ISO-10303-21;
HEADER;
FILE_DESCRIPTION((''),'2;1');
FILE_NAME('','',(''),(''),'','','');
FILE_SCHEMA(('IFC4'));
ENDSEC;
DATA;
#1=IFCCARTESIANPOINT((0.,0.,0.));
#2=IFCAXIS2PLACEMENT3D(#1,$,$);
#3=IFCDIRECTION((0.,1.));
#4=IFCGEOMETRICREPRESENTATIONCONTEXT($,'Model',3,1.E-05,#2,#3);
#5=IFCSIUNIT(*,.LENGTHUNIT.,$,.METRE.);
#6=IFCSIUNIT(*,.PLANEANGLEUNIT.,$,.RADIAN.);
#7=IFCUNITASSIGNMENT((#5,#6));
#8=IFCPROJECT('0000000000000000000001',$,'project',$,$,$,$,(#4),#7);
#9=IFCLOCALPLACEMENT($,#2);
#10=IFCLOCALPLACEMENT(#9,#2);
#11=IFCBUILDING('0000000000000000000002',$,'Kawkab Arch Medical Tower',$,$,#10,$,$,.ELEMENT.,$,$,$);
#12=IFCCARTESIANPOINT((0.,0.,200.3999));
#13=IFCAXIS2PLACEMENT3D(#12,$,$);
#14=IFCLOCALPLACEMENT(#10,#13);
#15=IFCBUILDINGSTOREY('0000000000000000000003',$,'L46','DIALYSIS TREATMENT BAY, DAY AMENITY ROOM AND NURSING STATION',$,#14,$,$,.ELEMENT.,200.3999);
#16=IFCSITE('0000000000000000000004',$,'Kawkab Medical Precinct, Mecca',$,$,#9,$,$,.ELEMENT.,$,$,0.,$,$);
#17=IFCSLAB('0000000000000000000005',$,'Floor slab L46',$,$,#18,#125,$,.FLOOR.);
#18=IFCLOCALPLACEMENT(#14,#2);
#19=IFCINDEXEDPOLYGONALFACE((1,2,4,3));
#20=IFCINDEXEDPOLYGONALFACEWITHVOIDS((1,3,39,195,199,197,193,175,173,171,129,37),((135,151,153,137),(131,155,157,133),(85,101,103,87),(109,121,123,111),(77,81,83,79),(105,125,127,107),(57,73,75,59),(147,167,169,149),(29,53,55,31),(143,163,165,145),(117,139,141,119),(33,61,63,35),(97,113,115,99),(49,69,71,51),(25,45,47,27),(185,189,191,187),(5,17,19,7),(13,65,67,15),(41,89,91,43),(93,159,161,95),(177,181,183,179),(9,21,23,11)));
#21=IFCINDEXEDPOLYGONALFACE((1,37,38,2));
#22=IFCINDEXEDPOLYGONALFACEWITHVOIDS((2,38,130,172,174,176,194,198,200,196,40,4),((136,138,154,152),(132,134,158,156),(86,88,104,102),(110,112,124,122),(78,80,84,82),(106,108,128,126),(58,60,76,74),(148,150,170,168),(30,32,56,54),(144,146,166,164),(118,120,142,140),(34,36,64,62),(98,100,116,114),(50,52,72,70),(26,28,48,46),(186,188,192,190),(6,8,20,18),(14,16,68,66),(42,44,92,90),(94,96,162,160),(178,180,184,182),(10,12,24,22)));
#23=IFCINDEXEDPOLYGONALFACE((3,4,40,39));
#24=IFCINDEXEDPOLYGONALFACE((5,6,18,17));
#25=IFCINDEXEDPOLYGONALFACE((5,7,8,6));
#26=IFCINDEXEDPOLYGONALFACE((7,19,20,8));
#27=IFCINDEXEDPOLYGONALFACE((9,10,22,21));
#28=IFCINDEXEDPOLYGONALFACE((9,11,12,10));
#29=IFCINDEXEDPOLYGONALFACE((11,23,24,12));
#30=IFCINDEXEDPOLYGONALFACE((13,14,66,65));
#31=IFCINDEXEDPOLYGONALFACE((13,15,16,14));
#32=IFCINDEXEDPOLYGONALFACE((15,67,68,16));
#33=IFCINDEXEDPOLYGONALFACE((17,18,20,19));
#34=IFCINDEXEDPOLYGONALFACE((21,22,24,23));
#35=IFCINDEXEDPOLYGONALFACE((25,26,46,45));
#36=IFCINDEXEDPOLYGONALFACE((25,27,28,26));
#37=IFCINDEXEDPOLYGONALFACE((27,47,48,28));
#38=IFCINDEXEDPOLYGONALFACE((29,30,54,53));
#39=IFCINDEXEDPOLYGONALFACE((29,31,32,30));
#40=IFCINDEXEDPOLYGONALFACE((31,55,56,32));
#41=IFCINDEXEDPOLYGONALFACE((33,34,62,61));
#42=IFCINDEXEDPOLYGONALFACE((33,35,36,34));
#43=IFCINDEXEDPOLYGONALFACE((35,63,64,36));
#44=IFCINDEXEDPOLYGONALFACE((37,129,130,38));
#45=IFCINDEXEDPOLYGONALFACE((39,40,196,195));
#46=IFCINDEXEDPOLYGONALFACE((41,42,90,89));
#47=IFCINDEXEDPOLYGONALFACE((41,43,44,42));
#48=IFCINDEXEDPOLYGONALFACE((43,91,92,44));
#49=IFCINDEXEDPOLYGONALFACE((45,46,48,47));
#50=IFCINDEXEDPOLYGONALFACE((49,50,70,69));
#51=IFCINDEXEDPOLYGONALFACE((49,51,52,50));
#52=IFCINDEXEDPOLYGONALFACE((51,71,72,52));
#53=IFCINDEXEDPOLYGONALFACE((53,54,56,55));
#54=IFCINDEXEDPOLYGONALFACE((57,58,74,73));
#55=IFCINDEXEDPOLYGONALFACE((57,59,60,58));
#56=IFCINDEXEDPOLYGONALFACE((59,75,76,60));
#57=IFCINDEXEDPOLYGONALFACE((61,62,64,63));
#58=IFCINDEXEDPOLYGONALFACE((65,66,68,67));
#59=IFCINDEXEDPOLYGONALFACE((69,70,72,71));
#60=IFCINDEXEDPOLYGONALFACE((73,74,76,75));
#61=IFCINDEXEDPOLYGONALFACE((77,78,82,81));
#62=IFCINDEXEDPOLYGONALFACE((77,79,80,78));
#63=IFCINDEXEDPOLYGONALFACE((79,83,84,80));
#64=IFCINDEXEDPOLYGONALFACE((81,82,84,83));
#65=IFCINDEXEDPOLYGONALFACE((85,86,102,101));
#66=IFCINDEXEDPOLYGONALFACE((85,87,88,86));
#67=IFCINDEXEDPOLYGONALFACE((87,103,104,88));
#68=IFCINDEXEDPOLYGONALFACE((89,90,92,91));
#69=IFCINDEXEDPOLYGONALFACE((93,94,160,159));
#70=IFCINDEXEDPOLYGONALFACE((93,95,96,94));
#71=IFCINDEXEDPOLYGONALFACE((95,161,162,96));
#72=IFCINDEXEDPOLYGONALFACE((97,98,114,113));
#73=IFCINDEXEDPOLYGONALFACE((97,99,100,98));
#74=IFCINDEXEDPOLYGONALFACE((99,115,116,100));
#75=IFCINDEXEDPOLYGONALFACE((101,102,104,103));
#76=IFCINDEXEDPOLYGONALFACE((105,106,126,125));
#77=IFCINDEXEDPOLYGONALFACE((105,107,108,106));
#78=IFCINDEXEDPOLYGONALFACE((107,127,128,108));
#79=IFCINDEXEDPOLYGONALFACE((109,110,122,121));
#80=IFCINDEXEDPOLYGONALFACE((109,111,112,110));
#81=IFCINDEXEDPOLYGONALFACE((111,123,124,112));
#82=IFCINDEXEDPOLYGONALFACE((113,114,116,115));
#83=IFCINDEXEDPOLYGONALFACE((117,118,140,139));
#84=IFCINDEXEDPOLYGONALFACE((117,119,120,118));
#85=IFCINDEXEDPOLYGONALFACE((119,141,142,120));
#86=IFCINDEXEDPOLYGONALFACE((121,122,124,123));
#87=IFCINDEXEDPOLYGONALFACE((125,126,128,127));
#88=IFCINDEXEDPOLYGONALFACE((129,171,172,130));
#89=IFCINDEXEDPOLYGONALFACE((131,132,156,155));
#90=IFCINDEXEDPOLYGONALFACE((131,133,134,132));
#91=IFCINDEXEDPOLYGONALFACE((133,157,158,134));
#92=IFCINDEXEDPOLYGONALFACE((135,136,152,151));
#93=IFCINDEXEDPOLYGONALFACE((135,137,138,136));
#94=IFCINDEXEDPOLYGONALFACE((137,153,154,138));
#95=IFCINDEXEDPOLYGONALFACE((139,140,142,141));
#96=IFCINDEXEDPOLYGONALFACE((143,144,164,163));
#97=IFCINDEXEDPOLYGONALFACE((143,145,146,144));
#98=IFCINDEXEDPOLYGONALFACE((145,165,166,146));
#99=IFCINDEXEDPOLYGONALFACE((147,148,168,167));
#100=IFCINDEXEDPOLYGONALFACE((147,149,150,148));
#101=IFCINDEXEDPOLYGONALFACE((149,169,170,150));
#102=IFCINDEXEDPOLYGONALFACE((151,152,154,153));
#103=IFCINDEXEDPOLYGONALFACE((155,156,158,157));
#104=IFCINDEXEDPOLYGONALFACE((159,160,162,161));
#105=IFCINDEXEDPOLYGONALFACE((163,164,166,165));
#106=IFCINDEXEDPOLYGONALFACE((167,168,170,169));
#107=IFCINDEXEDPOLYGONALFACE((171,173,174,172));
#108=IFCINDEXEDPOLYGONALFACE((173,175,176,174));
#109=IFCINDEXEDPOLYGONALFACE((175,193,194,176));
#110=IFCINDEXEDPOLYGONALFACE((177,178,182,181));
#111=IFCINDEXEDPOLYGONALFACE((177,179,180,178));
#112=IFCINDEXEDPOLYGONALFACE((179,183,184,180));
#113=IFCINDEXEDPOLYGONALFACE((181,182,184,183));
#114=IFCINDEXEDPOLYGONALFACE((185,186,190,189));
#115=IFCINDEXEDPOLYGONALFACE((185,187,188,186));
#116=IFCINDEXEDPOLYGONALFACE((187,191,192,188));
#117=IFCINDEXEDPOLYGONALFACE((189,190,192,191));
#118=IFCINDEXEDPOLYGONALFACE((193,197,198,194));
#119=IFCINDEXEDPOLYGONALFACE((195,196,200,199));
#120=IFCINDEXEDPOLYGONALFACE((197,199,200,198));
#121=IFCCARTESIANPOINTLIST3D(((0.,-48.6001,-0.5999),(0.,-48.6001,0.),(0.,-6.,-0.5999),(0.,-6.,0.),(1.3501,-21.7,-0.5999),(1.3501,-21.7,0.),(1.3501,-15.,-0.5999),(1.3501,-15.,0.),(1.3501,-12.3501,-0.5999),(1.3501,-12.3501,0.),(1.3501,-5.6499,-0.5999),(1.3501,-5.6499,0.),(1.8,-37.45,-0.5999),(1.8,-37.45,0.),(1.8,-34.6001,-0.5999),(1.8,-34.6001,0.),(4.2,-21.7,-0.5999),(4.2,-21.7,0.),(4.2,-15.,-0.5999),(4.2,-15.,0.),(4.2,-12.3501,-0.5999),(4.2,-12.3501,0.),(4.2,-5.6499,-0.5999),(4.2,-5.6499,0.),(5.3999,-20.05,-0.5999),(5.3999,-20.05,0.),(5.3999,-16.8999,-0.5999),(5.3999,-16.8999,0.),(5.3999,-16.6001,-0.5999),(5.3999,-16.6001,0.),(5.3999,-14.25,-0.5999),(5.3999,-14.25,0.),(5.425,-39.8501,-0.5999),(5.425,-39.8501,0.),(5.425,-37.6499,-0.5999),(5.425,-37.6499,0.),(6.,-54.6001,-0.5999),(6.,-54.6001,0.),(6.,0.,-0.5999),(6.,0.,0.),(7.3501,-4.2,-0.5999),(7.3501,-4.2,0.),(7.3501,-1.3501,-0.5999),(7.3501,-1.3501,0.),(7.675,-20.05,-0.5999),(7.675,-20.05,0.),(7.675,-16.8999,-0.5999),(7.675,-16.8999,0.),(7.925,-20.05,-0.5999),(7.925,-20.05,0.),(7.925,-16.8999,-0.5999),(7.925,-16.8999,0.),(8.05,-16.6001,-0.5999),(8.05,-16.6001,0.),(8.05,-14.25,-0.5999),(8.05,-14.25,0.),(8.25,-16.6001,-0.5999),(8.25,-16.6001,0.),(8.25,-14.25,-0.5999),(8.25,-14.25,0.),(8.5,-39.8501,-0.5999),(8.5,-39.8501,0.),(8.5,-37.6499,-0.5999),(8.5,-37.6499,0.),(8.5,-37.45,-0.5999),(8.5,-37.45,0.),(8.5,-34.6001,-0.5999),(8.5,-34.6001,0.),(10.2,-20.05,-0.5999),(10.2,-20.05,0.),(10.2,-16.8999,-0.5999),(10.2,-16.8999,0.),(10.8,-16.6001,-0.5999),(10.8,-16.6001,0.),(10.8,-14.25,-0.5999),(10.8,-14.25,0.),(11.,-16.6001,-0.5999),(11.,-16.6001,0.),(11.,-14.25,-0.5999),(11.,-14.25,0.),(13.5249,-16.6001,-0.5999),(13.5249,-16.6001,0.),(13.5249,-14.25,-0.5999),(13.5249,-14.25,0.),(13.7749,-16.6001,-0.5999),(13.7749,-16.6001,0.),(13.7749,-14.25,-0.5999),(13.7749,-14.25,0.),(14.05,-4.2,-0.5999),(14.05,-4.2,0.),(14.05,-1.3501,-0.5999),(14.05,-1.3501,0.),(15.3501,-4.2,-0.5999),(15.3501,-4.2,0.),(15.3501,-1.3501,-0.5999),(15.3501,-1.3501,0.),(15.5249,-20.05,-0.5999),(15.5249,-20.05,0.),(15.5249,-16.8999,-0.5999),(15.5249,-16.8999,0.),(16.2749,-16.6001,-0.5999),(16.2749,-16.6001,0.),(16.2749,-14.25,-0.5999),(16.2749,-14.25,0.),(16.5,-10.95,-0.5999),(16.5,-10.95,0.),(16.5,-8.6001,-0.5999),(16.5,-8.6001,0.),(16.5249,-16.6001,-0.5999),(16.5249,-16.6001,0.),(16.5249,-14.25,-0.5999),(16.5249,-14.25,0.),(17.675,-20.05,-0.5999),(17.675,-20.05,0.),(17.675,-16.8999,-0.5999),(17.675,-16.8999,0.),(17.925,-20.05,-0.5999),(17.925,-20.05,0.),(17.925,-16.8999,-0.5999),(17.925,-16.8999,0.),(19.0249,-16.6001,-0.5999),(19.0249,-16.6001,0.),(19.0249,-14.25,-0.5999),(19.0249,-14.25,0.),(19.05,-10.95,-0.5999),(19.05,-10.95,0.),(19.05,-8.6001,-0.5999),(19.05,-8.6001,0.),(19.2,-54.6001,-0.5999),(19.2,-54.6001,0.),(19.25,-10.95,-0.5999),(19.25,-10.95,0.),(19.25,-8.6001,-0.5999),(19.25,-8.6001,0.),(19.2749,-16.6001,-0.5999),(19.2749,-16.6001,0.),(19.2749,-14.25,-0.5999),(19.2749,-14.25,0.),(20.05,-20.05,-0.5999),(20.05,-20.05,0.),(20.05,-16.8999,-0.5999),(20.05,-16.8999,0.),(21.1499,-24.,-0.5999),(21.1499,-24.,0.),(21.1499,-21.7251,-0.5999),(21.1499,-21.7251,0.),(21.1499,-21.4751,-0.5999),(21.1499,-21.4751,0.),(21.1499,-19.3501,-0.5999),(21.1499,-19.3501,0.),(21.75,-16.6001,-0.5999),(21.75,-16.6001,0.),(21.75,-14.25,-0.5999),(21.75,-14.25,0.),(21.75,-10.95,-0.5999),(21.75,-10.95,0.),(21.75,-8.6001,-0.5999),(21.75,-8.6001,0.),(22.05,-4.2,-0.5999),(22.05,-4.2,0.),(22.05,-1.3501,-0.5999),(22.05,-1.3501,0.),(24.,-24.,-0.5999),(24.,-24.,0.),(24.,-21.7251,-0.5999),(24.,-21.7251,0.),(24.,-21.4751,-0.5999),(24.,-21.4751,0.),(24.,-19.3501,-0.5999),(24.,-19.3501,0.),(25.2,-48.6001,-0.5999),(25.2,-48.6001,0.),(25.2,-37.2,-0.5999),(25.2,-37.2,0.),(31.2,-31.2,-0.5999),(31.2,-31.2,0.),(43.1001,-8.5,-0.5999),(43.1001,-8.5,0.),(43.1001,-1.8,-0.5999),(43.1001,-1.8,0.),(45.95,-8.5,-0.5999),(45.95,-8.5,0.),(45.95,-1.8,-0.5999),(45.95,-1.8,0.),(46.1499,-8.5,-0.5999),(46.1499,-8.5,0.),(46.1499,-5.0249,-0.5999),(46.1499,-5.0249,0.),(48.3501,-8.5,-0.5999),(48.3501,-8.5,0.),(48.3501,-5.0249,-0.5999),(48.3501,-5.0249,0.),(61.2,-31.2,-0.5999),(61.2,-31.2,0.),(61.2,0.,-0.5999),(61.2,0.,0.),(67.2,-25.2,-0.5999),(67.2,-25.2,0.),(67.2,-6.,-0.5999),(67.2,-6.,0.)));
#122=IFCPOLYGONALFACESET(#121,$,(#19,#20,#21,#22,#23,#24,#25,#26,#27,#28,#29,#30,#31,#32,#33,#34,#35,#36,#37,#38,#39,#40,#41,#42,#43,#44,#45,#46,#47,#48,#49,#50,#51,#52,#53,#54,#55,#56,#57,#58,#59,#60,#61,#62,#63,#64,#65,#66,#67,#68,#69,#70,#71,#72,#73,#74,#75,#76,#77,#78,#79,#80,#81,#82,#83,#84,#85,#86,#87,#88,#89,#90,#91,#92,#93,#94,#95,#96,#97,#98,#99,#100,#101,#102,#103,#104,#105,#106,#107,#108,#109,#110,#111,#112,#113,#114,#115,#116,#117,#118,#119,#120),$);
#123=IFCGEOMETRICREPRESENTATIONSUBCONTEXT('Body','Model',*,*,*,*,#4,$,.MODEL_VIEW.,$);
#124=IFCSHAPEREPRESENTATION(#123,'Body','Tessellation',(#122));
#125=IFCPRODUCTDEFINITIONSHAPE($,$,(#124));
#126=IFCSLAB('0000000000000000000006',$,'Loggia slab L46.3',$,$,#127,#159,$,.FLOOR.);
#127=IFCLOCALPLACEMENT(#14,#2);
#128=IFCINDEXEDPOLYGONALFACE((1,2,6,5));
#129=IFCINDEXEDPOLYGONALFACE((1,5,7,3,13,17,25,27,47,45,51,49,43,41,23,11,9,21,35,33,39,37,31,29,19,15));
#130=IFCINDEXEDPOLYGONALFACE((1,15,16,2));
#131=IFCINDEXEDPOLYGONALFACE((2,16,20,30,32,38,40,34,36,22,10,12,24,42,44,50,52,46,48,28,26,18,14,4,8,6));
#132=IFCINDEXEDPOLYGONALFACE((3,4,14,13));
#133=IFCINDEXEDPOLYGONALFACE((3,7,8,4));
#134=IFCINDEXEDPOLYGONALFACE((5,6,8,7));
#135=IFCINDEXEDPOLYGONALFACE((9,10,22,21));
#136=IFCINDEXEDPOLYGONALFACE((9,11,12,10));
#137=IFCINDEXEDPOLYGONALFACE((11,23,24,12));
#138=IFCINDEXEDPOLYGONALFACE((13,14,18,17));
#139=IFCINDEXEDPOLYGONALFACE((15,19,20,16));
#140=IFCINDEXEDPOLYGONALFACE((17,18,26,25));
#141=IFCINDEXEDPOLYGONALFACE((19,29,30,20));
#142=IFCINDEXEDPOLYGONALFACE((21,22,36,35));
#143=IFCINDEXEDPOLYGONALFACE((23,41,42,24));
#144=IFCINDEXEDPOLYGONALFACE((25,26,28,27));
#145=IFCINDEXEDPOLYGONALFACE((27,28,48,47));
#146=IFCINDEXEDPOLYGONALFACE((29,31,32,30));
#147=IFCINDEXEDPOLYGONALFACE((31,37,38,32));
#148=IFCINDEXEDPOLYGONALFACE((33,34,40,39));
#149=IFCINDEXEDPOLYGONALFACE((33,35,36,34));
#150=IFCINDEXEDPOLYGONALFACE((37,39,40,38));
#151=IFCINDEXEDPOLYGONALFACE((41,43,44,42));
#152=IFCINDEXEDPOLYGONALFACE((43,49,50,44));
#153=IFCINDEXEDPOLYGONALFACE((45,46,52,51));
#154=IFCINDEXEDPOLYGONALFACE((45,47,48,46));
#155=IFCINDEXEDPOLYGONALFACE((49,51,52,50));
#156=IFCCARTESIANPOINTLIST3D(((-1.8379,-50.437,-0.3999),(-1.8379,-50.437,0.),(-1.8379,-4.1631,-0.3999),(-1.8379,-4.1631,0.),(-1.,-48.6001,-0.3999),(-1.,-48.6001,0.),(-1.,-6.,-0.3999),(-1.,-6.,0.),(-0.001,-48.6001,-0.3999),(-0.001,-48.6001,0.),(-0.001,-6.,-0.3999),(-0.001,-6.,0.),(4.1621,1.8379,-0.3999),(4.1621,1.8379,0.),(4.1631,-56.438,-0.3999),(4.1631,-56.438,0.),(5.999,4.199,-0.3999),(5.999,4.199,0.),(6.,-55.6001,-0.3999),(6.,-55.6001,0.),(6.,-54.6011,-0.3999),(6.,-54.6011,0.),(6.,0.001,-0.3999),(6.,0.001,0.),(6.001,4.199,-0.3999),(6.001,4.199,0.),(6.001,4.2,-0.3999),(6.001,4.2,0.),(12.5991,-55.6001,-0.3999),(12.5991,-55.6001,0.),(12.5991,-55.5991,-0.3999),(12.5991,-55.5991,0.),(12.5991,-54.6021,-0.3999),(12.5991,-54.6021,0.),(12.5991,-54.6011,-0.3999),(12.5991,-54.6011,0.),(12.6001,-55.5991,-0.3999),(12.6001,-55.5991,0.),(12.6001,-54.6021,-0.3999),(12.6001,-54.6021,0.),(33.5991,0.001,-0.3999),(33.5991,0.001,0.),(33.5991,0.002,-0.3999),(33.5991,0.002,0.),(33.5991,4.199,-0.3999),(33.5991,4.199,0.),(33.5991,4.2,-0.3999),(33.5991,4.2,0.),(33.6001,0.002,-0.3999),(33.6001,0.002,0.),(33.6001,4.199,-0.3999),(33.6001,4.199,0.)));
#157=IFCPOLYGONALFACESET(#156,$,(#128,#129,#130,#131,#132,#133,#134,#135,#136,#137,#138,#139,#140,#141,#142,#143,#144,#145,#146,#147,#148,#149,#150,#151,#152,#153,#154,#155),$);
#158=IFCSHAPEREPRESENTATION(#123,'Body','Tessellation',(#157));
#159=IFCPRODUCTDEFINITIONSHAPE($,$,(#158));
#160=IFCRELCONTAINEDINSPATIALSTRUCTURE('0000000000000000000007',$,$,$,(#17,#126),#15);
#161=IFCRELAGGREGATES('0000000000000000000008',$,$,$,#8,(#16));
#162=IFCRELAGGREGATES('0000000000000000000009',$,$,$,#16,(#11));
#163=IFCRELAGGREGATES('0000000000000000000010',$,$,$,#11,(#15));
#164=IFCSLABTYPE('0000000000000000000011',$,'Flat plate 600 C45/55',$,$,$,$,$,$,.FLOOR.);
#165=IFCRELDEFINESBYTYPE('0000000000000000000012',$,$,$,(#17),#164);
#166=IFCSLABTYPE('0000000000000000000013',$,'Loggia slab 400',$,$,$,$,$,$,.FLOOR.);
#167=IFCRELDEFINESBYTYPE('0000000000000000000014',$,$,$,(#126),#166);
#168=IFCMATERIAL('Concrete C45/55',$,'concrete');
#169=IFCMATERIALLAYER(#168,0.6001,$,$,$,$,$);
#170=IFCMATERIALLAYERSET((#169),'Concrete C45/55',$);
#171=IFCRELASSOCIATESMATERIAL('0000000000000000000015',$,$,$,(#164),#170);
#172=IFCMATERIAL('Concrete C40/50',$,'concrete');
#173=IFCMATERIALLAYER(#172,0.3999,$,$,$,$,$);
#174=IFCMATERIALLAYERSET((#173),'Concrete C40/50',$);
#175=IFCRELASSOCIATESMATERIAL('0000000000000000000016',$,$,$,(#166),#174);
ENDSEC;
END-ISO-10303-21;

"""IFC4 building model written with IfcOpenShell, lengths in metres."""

from ifc_helpers import new_model, si_unit, direction, frame, origin, place, context, subcontext, project, spatial, polyline, outline, extrude, material, layer, layer_set, type_object, element, save


model = new_model("IFC4")

# Units and contexts
model_context = context("Model", 3, precision=1e-05, world=origin(), true_north=direction((0.0, 1.0)))
body_context = subcontext(model_context, "Body", "Model", "MODEL_VIEW")
ifc_project = project(units=[si_unit("LENGTHUNIT", "METRE"), si_unit("PLANEANGLEUNIT", "RADIAN")], contexts=[model_context])

# Site, building, storey
site_placement = place(None, origin())
site = spatial("IfcSite", under=ifc_project, at=site_placement, Name="Kawkab Medical Precinct, Mecca", CompositionType="ELEMENT", RefElevation=0.0)
building_placement = place(site_placement, origin())
building = spatial("IfcBuilding", under=site, at=building_placement, Name="Kawkab Arch Medical Tower", CompositionType="ELEMENT")
storey_placement = place(building_placement, frame((0.0, 0.0, 200.3999)))
storey = spatial("IfcBuildingStorey", under=building, at=storey_placement, Name="L46", Description="DIALYSIS TREATMENT BAY, DAY AMENITY ROOM AND NURSING STATION", CompositionType="ELEMENT", Elevation=200.3999)

# Slabs
ifc_material_1 = material(Name="Concrete C45/55", Category="concrete")
ifc_layer_1 = layer(ifc_material_1, 0.6001)
ifc_layer_set_1 = layer_set([ifc_layer_1], Name="Concrete C45/55")
slab_type_1 = type_object("IfcSlabType", Name="Flat plate 600 C45/55", PredefinedType="FLOOR", material=ifc_layer_set_1)
slab_1_placement = place(storey_placement, frame((0.0, 0.0, -0.5999)))
element("IfcSlab", 1, at=slab_1_placement, inside=storey, type_object=slab_type_1, Name="Floor slab L46", PredefinedType="FLOOR", context=body_context, shape_type="SweptSolid", body=[
    extrude(outline(polyline([(6.0, 0.0), (61.2, 0.0), (67.2, -6.0), (67.2, -25.2), (61.2, -31.2), (31.2, -31.2), (25.2, -37.2), (25.2, -48.6001), (19.2, -54.6001), (6.0, -54.6001), (0.0, -48.6001), (0.0, -6.0), (6.0, 0.0)]), holes=[polyline([(5.425, -37.6499), (5.425, -39.8501), (8.5, -39.8501), (8.5, -37.6499), (5.425, -37.6499)]), polyline([(8.5, -37.45), (8.5, -34.6001), (1.8, -34.6001), (1.8, -37.45), (8.5, -37.45)]), polyline([(5.3999, -20.05), (7.675, -20.05), (7.675, -16.8999), (5.3999, -16.8999), (5.3999, -20.05)]), polyline([(10.2, -20.05), (10.2, -16.8999), (7.925, -16.8999), (7.925, -20.05), (10.2, -20.05)]), polyline([(4.2, -21.7), (4.2, -15.0), (1.3501, -15.0), (1.3501, -21.7), (4.2, -21.7)]), polyline([(5.3999, -16.6001), (8.05, -16.6001), (8.05, -14.25), (5.3999, -14.25), (5.3999, -16.6001)]), polyline([(10.8, -16.6001), (10.8, -14.25), (8.25, -14.25), (8.25, -16.6001), (10.8, -16.6001)]), polyline([(11.0, -16.6001), (13.5249, -16.6001), (13.5249, -14.25), (11.0, -14.25), (11.0, -16.6001)]), polyline([(16.2749, -16.6001), (16.2749, -14.25), (13.7749, -14.25), (13.7749, -16.6001), (16.2749, -16.6001)]), polyline([(4.2, -12.3501), (4.2, -5.6499), (1.3501, -5.6499), (1.3501, -12.3501), (4.2, -12.3501)]), polyline([(7.3501, -4.2), (14.05, -4.2), (14.05, -1.3501), (7.3501, -1.3501), (7.3501, -4.2)]), polyline([(24.0, -21.7251), (21.1499, -21.7251), (21.1499, -24.0), (24.0, -24.0), (24.0, -21.7251)]), polyline([(24.0, -19.3501), (21.1499, -19.3501), (21.1499, -21.4751), (24.0, -21.4751), (24.0, -19.3501)]), polyline([(15.5249, -16.8999), (15.5249, -20.05), (17.675, -20.05), (17.675, -16.8999), (15.5249, -16.8999)]), polyline([(20.05, -16.8999), (17.925, -16.8999), (17.925, -20.05), (20.05, -20.05), (20.05, -16.8999)]), polyline([(19.0249, -14.25), (16.5249, -14.25), (16.5249, -16.6001), (19.0249, -16.6001), (19.0249, -14.25)]), polyline([(21.75, -14.25), (19.2749, -14.25), (19.2749, -16.6001), (21.75, -16.6001), (21.75, -14.25)]), polyline([(16.5, -8.6001), (16.5, -10.95), (19.05, -10.95), (19.05, -8.6001), (16.5, -8.6001)]), polyline([(21.75, -8.6001), (19.25, -8.6001), (19.25, -10.95), (21.75, -10.95), (21.75, -8.6001)]), polyline([(46.1499, -8.5), (48.3501, -8.5), (48.3501, -5.0249), (46.1499, -5.0249), (46.1499, -8.5)]), polyline([(43.1001, -1.8), (43.1001, -8.5), (45.95, -8.5), (45.95, -1.8), (43.1001, -1.8)]), polyline([(22.05, -1.3501), (15.3501, -1.3501), (15.3501, -4.2), (22.05, -4.2), (22.05, -1.3501)])]), origin(), (0.0, 0.0, 1.0), 0.5999),
])
ifc_material_2 = material(Name="Concrete C40/50", Category="concrete")
ifc_layer_2 = layer(ifc_material_2, 0.3999)
ifc_layer_set_2 = layer_set([ifc_layer_2], Name="Concrete C40/50")
slab_type_2 = type_object("IfcSlabType", Name="Loggia slab 400", PredefinedType="FLOOR", material=ifc_layer_set_2)
placement_1 = place(storey_placement, frame((0.0, 0.0, -0.3999)))
element("IfcSlab", 2, at=placement_1, inside=storey, type_object=slab_type_2, Name="Loggia slab L46.3", PredefinedType="FLOOR", context=body_context, shape_type="SweptSolid", body=[
    extrude(outline(polyline([(-1.8379, -50.437), (-1.0, -48.6001), (-1.0, -6.0), (-1.8379, -4.1631), (4.1621, 1.8379), (5.999, 4.199), (6.001, 4.199), (6.001, 4.2), (33.5991, 4.2), (33.5991, 4.199), (33.6001, 4.199), (33.6001, 0.002), (33.5991, 0.002), (33.5991, 0.001), (6.0, 0.001), (-0.001, -6.0), (-0.001, -48.6001), (6.0, -54.6011), (12.5991, -54.6011), (12.5991, -54.6021), (12.6001, -54.6021), (12.6001, -55.5991), (12.5991, -55.5991), (12.5991, -55.6001), (6.0, -55.6001), (4.1631, -56.438), (-1.8379, -50.437)])), origin(), (0.0, 0.0, 1.0), 0.3999),
])

save(model, "model.ifc")
